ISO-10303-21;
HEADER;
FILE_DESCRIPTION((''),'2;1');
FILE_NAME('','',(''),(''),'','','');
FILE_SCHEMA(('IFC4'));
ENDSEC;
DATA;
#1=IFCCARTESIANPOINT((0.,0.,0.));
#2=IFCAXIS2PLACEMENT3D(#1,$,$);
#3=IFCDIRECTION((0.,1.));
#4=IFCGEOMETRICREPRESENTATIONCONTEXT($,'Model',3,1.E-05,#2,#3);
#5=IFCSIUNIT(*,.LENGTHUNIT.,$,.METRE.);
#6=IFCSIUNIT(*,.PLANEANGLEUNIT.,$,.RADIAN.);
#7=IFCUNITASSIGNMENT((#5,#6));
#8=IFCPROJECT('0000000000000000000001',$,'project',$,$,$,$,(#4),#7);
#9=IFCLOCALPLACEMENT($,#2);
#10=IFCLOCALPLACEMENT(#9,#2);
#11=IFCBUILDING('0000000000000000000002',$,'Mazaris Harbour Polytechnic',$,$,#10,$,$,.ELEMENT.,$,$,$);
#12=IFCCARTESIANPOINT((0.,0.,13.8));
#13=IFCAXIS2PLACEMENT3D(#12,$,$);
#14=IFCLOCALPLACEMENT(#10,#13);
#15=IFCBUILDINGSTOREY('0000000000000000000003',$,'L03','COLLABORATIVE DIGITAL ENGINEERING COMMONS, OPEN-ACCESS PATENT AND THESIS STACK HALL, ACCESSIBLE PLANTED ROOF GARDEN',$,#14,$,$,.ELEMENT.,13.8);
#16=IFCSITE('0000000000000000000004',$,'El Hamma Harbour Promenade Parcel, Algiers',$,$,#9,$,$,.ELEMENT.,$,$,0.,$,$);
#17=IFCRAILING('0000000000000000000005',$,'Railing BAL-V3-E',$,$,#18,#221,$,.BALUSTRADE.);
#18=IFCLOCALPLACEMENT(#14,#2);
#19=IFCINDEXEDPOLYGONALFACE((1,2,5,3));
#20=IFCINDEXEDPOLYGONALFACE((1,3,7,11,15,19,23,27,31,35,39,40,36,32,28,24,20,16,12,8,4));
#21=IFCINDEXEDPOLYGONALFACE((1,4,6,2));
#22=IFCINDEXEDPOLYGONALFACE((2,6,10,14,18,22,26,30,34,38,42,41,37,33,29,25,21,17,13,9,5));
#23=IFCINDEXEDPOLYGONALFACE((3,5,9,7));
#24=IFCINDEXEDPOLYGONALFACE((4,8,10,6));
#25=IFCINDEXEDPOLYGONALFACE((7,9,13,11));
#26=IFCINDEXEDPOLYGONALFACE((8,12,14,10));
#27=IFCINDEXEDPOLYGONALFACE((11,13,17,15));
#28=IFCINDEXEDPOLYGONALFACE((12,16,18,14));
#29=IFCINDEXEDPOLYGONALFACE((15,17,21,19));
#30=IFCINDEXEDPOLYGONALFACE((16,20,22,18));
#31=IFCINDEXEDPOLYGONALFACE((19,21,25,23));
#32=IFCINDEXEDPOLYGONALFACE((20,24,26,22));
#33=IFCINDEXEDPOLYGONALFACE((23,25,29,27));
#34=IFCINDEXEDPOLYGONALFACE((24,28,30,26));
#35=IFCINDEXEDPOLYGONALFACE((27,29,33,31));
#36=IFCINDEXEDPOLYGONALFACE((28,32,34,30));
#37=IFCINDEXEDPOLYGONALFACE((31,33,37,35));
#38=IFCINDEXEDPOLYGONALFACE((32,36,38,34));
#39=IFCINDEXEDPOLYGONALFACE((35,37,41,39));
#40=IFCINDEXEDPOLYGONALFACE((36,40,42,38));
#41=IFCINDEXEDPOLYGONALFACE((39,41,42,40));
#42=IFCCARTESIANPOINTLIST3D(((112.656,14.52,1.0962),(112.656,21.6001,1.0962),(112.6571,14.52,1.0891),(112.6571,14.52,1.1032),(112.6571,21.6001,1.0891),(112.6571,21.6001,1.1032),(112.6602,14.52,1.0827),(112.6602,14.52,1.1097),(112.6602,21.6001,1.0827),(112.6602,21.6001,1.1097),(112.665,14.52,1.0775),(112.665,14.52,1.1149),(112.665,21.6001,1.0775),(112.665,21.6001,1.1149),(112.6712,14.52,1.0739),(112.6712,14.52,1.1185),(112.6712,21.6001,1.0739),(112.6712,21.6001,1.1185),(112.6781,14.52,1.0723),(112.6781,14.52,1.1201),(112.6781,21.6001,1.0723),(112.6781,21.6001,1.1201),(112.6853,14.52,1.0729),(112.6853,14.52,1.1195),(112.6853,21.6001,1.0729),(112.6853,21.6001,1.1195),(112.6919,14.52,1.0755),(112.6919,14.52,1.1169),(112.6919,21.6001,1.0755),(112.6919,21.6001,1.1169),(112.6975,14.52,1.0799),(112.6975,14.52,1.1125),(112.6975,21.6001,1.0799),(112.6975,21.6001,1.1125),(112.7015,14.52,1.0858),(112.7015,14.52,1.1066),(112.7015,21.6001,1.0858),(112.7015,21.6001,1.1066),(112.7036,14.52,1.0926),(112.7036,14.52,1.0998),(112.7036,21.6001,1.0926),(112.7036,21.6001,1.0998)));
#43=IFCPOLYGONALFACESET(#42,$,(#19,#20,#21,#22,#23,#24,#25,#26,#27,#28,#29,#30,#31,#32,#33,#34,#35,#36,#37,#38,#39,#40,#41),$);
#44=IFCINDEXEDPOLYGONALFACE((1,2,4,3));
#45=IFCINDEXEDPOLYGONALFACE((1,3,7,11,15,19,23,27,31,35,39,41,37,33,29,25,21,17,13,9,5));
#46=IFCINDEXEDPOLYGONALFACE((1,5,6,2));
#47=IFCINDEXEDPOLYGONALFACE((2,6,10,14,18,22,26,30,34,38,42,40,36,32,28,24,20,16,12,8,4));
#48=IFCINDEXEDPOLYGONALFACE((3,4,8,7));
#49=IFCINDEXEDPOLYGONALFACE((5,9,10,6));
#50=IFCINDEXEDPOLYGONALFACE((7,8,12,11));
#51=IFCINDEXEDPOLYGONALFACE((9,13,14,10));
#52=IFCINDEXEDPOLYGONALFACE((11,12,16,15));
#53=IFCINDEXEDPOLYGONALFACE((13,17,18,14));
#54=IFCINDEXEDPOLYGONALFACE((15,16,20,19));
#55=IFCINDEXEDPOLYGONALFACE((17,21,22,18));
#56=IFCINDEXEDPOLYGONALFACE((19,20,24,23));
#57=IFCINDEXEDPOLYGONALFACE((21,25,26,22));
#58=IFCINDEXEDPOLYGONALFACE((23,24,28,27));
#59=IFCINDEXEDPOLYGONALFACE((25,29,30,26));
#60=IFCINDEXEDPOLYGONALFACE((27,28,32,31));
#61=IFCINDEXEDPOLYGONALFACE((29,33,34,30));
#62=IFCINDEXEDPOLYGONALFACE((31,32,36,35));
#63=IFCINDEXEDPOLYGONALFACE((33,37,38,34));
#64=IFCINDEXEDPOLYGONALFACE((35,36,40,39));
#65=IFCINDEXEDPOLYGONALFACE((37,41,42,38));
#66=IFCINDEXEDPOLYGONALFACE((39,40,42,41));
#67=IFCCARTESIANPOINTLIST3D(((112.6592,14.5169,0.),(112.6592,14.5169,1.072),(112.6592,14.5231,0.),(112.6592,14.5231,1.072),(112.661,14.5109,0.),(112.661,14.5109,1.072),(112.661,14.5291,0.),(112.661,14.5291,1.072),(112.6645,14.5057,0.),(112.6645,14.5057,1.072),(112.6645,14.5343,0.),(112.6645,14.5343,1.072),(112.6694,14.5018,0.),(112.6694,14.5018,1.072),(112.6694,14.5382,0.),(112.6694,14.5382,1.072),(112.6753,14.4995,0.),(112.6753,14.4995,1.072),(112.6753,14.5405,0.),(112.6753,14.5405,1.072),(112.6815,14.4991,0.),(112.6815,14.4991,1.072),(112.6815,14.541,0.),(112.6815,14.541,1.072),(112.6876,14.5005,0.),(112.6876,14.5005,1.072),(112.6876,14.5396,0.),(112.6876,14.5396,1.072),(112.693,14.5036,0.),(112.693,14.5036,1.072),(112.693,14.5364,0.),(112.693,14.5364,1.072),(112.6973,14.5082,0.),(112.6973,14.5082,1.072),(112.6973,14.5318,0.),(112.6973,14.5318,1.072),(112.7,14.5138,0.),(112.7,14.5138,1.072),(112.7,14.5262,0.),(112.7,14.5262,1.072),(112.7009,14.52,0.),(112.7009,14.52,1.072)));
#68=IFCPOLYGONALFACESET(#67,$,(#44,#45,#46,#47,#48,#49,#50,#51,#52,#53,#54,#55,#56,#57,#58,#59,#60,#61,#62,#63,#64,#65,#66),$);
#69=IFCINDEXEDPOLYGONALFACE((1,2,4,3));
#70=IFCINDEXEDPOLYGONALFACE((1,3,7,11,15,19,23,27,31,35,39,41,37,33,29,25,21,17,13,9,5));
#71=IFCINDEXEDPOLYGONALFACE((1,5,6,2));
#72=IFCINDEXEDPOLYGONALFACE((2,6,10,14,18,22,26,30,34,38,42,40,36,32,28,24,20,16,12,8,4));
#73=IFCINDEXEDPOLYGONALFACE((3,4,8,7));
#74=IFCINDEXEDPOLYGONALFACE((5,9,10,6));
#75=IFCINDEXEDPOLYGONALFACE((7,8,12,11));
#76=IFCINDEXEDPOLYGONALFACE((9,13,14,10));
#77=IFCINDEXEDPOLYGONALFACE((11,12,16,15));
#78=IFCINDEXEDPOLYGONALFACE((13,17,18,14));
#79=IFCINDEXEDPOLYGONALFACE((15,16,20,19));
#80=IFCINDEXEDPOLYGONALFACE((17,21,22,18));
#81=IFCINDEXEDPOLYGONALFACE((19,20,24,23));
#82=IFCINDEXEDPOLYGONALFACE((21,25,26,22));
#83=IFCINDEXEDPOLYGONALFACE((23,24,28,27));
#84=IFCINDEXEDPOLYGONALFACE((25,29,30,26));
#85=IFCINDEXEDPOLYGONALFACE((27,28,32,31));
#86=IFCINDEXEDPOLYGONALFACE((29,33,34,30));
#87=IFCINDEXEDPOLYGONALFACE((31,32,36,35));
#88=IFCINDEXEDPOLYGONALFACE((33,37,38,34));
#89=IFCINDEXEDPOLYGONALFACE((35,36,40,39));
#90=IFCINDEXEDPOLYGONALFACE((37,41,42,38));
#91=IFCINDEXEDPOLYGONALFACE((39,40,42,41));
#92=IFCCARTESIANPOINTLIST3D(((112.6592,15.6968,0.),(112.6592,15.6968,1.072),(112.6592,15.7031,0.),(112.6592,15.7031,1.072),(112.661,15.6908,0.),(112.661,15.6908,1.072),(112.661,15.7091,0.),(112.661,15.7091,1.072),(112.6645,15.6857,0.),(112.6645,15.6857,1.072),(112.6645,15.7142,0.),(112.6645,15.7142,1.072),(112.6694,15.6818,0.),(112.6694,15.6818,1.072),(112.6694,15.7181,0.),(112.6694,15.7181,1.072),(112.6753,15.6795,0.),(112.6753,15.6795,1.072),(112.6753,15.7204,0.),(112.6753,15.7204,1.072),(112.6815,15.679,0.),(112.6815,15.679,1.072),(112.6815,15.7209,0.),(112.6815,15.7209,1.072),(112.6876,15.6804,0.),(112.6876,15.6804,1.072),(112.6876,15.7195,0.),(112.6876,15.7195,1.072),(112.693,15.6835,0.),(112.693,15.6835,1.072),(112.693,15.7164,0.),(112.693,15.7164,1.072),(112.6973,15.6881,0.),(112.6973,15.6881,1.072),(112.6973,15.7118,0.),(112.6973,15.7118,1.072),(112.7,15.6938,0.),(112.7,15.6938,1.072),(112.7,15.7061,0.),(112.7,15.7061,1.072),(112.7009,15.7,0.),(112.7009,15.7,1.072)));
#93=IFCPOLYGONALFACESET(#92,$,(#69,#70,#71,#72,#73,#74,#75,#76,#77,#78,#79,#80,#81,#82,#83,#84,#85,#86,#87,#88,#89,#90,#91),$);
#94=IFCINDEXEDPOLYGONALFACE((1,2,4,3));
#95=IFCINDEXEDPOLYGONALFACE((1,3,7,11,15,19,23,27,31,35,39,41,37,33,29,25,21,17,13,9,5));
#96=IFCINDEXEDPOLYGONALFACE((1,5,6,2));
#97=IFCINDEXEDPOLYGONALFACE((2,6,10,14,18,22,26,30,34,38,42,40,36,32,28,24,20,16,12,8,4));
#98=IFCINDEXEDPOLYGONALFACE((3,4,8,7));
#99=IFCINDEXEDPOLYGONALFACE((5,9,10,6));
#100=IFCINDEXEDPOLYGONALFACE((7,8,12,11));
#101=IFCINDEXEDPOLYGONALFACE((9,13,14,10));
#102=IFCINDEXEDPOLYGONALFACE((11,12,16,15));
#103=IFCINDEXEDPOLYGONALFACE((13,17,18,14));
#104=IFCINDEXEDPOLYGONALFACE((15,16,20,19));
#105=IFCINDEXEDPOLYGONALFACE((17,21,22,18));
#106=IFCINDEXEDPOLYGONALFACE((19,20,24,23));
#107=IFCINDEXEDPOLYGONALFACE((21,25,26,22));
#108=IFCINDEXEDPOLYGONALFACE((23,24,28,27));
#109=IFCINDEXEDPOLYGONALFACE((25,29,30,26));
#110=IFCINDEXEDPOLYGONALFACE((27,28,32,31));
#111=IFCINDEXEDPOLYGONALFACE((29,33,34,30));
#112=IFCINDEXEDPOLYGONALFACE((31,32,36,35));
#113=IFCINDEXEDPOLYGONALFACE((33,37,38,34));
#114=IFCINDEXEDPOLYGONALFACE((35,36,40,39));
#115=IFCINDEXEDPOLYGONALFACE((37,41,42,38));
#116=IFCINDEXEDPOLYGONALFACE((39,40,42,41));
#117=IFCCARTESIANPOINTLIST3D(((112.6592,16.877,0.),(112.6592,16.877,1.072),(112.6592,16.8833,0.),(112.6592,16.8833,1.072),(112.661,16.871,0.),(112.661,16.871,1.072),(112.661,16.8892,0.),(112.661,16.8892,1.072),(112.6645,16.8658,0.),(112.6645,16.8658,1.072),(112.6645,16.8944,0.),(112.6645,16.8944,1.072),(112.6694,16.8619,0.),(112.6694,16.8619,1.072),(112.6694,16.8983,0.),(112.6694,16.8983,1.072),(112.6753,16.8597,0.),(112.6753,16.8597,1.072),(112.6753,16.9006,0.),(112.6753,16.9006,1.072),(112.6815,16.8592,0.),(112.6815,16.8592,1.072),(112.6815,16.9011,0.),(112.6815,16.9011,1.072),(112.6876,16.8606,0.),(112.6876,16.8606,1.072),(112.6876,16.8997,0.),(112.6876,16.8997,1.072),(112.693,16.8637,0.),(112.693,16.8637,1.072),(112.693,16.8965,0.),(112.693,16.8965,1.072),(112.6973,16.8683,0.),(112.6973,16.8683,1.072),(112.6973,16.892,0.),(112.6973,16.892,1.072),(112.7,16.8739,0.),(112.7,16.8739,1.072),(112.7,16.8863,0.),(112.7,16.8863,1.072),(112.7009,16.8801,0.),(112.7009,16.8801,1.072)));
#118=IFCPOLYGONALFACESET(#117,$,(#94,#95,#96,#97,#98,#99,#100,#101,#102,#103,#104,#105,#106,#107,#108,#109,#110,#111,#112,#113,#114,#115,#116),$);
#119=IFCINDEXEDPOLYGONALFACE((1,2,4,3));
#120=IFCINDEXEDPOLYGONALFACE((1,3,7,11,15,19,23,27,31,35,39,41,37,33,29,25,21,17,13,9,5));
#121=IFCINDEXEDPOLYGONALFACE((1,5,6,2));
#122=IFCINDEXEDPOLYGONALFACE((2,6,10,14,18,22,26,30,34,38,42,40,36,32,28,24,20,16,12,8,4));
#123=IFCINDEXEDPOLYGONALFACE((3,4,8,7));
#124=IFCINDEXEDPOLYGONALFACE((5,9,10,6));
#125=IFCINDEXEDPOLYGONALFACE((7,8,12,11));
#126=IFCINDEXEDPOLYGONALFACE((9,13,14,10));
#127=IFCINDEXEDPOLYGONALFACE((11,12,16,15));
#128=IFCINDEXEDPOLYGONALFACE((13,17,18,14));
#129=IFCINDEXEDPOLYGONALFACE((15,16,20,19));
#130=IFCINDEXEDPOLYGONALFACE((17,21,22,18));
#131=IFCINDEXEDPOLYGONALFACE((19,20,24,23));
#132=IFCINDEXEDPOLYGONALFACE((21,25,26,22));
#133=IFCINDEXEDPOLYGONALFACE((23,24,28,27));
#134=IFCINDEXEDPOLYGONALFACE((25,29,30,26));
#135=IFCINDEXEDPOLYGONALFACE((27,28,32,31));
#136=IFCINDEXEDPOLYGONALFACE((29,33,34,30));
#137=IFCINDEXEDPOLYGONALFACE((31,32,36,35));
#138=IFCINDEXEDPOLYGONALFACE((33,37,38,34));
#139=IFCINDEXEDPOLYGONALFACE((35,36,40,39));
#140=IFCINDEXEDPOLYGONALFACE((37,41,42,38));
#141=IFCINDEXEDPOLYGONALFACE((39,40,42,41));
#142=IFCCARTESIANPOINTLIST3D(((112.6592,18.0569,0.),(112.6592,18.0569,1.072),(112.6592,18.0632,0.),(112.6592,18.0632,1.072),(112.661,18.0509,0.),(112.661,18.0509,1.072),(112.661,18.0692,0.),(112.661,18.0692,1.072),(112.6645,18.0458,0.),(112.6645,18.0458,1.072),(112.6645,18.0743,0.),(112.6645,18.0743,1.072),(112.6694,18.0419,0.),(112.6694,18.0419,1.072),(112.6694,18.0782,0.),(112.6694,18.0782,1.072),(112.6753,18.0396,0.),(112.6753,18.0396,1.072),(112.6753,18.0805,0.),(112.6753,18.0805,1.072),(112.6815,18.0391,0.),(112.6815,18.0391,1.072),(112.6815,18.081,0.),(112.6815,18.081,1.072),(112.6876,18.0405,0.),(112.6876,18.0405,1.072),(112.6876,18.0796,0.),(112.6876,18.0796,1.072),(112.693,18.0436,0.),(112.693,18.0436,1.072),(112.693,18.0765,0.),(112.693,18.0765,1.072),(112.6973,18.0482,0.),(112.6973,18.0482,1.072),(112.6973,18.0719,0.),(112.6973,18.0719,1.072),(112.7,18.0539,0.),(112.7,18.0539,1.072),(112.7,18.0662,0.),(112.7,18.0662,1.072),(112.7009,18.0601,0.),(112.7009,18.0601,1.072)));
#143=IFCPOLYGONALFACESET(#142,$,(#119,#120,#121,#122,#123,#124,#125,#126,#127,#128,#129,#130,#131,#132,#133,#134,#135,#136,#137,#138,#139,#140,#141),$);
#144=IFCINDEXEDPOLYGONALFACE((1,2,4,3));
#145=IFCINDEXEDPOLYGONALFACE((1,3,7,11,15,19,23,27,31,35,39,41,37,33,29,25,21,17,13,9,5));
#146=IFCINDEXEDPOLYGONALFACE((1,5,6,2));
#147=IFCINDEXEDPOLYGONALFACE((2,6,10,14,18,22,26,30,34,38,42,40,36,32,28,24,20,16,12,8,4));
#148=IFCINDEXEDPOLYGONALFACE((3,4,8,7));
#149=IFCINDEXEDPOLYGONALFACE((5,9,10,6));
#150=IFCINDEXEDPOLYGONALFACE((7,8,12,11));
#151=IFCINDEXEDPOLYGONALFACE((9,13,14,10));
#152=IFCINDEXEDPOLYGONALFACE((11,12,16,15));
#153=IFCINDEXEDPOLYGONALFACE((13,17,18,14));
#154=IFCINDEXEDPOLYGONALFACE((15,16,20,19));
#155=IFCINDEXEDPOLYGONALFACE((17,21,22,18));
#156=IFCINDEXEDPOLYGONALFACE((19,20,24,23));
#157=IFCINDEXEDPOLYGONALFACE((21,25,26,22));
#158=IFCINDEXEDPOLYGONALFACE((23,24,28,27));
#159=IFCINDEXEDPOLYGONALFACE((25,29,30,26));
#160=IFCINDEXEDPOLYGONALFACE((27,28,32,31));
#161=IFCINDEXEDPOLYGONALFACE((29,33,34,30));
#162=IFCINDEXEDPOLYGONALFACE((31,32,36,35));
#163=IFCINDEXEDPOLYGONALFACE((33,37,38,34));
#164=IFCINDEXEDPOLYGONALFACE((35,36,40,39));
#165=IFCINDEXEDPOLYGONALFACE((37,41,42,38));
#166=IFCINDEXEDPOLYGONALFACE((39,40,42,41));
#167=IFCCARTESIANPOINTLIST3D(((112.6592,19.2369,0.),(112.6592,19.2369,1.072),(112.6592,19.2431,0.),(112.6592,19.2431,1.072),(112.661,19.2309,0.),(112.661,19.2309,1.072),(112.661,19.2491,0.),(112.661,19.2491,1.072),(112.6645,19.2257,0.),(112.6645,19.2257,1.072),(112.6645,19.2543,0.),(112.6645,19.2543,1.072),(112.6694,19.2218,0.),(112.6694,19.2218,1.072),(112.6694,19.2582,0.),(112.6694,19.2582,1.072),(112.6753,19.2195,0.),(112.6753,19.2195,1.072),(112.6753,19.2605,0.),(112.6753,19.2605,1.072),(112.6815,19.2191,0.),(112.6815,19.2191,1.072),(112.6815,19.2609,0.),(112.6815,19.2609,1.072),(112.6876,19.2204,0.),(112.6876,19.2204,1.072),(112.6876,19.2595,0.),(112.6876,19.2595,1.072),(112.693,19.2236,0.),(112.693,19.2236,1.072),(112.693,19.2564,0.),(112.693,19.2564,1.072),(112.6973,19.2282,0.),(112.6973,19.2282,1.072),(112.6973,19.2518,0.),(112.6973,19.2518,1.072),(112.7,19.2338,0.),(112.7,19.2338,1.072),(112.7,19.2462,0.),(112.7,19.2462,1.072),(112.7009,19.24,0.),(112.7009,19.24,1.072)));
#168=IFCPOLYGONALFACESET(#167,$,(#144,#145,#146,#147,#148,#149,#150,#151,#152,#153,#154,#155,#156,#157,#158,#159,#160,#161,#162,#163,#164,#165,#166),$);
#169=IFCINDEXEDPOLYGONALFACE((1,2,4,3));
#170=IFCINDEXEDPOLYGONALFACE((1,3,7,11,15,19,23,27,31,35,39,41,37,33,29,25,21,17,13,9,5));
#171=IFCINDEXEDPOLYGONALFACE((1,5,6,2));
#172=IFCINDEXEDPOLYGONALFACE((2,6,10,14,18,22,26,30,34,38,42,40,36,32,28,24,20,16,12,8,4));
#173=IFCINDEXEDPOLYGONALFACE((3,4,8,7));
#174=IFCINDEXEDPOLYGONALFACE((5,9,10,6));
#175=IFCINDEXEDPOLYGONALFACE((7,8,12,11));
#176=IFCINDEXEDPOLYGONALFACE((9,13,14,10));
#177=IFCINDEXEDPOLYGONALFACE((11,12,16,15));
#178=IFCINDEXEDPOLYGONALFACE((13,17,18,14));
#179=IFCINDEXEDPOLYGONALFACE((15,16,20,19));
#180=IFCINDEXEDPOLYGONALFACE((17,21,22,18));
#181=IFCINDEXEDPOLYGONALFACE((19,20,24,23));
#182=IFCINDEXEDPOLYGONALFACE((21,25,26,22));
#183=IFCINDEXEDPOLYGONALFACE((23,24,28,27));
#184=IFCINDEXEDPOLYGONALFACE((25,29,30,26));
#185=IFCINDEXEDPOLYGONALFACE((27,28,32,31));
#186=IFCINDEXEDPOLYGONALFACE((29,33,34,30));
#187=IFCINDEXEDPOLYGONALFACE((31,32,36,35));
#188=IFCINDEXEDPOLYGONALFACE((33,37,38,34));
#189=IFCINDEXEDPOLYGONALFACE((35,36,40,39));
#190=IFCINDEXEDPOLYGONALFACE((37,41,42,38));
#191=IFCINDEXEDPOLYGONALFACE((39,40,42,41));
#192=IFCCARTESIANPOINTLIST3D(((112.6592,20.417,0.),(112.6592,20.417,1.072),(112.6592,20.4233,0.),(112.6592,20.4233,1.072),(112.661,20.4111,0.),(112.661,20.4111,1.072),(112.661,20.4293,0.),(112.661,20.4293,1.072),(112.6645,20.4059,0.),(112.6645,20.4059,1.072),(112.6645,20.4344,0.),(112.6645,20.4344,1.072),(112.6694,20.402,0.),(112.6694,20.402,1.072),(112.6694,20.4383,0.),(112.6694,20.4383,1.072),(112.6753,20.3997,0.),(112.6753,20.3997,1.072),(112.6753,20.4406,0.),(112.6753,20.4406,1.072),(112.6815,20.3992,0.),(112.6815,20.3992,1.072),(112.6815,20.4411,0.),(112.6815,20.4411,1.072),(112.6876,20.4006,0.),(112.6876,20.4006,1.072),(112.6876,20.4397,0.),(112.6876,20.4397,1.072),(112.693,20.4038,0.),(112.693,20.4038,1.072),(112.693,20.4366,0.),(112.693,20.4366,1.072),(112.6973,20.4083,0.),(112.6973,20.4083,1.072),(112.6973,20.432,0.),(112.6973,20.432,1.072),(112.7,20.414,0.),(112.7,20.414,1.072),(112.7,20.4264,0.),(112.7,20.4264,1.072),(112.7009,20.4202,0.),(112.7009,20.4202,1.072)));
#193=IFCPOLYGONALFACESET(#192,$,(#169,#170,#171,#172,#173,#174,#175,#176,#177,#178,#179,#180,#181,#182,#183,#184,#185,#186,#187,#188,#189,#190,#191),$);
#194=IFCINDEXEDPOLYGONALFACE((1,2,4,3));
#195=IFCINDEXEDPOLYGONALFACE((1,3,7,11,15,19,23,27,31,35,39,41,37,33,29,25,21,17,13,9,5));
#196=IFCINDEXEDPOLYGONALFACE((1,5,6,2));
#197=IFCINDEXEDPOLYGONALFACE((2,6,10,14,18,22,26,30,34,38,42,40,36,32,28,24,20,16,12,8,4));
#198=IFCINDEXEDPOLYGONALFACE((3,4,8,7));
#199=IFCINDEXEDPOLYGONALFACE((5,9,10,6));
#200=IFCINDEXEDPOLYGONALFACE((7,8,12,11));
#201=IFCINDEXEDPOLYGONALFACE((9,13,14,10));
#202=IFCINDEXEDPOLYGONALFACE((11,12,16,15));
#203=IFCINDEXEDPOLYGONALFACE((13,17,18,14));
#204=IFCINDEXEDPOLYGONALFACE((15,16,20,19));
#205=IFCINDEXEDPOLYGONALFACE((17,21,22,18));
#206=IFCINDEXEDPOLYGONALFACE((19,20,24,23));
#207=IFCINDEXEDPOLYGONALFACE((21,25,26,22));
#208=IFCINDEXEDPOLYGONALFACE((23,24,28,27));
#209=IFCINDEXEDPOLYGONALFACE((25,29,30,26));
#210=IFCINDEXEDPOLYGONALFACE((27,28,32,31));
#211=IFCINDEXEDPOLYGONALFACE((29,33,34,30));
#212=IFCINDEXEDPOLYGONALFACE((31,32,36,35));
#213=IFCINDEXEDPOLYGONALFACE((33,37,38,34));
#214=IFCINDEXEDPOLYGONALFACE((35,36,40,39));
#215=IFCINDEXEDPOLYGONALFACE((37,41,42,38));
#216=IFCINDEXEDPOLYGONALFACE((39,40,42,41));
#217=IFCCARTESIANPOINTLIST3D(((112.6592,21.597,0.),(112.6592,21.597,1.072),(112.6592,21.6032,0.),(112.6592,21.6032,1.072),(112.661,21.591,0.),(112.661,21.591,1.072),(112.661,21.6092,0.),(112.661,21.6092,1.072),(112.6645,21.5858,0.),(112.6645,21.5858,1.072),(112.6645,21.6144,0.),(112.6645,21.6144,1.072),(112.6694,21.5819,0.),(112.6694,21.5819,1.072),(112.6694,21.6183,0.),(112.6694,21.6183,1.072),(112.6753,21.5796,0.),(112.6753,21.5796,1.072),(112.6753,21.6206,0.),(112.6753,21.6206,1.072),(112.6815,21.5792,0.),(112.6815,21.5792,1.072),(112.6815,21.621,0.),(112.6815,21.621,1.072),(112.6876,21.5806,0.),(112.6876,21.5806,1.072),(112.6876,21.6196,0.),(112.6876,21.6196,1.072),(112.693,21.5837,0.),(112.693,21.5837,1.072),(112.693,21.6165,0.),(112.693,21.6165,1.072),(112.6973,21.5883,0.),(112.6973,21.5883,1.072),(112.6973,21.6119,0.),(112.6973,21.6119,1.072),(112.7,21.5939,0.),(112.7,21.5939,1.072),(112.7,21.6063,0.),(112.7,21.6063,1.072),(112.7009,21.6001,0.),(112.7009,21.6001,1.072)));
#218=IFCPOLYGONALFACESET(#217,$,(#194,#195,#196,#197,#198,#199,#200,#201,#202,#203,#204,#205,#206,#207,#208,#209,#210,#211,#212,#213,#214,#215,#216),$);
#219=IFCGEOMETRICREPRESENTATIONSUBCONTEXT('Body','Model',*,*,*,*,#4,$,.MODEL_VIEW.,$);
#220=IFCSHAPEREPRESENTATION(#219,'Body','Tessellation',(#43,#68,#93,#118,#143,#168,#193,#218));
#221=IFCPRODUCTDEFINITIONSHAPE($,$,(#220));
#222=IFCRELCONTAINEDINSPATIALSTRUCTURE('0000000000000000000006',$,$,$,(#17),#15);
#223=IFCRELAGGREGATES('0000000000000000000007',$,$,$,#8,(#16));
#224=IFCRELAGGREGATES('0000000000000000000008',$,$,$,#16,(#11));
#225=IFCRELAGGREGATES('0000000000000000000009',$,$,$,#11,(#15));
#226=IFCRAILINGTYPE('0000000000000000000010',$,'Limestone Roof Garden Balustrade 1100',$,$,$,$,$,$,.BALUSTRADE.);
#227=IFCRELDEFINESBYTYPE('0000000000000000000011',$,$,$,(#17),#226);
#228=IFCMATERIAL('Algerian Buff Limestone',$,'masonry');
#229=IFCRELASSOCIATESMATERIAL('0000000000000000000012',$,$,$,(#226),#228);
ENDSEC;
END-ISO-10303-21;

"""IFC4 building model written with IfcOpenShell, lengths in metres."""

from ifc_helpers import new_model, si_unit, direction, frame, origin, origin_2d, place, context, subcontext, project, spatial, circle, extrude, material, type_object, element, save


model = new_model("IFC4")

# Units and contexts
model_context = context("Model", 3, precision=1e-05, world=origin(), true_north=direction((0.0, 1.0)))
body_context = subcontext(model_context, "Body", "Model", "MODEL_VIEW")
ifc_project = project(units=[si_unit("LENGTHUNIT", "METRE"), si_unit("PLANEANGLEUNIT", "RADIAN")], contexts=[model_context])

# Site, building, storey
site_placement = place(None, origin())
site = spatial("IfcSite", under=ifc_project, at=site_placement, Name="El Hamma Harbour Promenade Parcel, Algiers", CompositionType="ELEMENT", RefElevation=0.0)
building_placement = place(site_placement, origin())
building = spatial("IfcBuilding", under=site, at=building_placement, Name="Mazaris Harbour Polytechnic", CompositionType="ELEMENT")
storey_placement = place(building_placement, frame((0.0, 0.0, 13.8)))
storey = spatial("IfcBuildingStorey", under=building, at=storey_placement, Name="L03", Description="COLLABORATIVE DIGITAL ENGINEERING COMMONS, OPEN-ACCESS PATENT AND THESIS STACK HALL, ACCESSIBLE PLANTED ROOF GARDEN", CompositionType="ELEMENT", Elevation=13.8)

# Railing
ifc_material_1 = material(Name="Algerian Buff Limestone", Category="masonry")
railing_type_1 = type_object("IfcRailingType", Name="Limestone Roof Garden Balustrade 1100", PredefinedType="BALUSTRADE", material=ifc_material_1)
railing_1_placement = place(storey_placement, frame((112.6799, 14.52, 0.0)))
element("IfcRailing", 1, at=railing_1_placement, inside=storey, type_object=railing_type_1, Name="Railing BAL-V3-E", PredefinedType="BALUSTRADE", context=body_context, shape_type="SweptSolid", body=[
    extrude(circle(Radius=0.0239, at=origin_2d()), frame((0.0, 0.0, 1.0962), z_axis=(0.0, 1.0, 0.0), x_axis=(-1.0, 0.0, 0.0)), (0.0, 0.0, 1.0), 7.0801),
    extrude(circle(Radius=0.021, at=origin_2d()), origin(), (0.0, 0.0, 1.0), 1.072),
    extrude(circle(Radius=0.021, at=origin_2d()), frame((0.0, 1.1799, 0.0)), (0.0, 0.0, 1.0), 1.072),
    extrude(circle(Radius=0.021, at=origin_2d()), frame((0.0, 2.3601, 0.0)), (0.0, 0.0, 1.0), 1.072),
    extrude(circle(Radius=0.021, at=origin_2d()), frame((0.0, 3.54, 0.0)), (0.0, 0.0, 1.0), 1.072),
    extrude(circle(Radius=0.021, at=origin_2d()), frame((0.0, 4.72, 0.0)), (0.0, 0.0, 1.0), 1.072),
    extrude(circle(Radius=0.021, at=origin_2d()), frame((0.0, 5.9001, 0.0)), (0.0, 0.0, 1.0), 1.072),
    extrude(circle(Radius=0.021, at=origin_2d()), frame((0.0, 7.0801, 0.0)), (0.0, 0.0, 1.0), 1.072),
])

save(model, "model.ifc")
